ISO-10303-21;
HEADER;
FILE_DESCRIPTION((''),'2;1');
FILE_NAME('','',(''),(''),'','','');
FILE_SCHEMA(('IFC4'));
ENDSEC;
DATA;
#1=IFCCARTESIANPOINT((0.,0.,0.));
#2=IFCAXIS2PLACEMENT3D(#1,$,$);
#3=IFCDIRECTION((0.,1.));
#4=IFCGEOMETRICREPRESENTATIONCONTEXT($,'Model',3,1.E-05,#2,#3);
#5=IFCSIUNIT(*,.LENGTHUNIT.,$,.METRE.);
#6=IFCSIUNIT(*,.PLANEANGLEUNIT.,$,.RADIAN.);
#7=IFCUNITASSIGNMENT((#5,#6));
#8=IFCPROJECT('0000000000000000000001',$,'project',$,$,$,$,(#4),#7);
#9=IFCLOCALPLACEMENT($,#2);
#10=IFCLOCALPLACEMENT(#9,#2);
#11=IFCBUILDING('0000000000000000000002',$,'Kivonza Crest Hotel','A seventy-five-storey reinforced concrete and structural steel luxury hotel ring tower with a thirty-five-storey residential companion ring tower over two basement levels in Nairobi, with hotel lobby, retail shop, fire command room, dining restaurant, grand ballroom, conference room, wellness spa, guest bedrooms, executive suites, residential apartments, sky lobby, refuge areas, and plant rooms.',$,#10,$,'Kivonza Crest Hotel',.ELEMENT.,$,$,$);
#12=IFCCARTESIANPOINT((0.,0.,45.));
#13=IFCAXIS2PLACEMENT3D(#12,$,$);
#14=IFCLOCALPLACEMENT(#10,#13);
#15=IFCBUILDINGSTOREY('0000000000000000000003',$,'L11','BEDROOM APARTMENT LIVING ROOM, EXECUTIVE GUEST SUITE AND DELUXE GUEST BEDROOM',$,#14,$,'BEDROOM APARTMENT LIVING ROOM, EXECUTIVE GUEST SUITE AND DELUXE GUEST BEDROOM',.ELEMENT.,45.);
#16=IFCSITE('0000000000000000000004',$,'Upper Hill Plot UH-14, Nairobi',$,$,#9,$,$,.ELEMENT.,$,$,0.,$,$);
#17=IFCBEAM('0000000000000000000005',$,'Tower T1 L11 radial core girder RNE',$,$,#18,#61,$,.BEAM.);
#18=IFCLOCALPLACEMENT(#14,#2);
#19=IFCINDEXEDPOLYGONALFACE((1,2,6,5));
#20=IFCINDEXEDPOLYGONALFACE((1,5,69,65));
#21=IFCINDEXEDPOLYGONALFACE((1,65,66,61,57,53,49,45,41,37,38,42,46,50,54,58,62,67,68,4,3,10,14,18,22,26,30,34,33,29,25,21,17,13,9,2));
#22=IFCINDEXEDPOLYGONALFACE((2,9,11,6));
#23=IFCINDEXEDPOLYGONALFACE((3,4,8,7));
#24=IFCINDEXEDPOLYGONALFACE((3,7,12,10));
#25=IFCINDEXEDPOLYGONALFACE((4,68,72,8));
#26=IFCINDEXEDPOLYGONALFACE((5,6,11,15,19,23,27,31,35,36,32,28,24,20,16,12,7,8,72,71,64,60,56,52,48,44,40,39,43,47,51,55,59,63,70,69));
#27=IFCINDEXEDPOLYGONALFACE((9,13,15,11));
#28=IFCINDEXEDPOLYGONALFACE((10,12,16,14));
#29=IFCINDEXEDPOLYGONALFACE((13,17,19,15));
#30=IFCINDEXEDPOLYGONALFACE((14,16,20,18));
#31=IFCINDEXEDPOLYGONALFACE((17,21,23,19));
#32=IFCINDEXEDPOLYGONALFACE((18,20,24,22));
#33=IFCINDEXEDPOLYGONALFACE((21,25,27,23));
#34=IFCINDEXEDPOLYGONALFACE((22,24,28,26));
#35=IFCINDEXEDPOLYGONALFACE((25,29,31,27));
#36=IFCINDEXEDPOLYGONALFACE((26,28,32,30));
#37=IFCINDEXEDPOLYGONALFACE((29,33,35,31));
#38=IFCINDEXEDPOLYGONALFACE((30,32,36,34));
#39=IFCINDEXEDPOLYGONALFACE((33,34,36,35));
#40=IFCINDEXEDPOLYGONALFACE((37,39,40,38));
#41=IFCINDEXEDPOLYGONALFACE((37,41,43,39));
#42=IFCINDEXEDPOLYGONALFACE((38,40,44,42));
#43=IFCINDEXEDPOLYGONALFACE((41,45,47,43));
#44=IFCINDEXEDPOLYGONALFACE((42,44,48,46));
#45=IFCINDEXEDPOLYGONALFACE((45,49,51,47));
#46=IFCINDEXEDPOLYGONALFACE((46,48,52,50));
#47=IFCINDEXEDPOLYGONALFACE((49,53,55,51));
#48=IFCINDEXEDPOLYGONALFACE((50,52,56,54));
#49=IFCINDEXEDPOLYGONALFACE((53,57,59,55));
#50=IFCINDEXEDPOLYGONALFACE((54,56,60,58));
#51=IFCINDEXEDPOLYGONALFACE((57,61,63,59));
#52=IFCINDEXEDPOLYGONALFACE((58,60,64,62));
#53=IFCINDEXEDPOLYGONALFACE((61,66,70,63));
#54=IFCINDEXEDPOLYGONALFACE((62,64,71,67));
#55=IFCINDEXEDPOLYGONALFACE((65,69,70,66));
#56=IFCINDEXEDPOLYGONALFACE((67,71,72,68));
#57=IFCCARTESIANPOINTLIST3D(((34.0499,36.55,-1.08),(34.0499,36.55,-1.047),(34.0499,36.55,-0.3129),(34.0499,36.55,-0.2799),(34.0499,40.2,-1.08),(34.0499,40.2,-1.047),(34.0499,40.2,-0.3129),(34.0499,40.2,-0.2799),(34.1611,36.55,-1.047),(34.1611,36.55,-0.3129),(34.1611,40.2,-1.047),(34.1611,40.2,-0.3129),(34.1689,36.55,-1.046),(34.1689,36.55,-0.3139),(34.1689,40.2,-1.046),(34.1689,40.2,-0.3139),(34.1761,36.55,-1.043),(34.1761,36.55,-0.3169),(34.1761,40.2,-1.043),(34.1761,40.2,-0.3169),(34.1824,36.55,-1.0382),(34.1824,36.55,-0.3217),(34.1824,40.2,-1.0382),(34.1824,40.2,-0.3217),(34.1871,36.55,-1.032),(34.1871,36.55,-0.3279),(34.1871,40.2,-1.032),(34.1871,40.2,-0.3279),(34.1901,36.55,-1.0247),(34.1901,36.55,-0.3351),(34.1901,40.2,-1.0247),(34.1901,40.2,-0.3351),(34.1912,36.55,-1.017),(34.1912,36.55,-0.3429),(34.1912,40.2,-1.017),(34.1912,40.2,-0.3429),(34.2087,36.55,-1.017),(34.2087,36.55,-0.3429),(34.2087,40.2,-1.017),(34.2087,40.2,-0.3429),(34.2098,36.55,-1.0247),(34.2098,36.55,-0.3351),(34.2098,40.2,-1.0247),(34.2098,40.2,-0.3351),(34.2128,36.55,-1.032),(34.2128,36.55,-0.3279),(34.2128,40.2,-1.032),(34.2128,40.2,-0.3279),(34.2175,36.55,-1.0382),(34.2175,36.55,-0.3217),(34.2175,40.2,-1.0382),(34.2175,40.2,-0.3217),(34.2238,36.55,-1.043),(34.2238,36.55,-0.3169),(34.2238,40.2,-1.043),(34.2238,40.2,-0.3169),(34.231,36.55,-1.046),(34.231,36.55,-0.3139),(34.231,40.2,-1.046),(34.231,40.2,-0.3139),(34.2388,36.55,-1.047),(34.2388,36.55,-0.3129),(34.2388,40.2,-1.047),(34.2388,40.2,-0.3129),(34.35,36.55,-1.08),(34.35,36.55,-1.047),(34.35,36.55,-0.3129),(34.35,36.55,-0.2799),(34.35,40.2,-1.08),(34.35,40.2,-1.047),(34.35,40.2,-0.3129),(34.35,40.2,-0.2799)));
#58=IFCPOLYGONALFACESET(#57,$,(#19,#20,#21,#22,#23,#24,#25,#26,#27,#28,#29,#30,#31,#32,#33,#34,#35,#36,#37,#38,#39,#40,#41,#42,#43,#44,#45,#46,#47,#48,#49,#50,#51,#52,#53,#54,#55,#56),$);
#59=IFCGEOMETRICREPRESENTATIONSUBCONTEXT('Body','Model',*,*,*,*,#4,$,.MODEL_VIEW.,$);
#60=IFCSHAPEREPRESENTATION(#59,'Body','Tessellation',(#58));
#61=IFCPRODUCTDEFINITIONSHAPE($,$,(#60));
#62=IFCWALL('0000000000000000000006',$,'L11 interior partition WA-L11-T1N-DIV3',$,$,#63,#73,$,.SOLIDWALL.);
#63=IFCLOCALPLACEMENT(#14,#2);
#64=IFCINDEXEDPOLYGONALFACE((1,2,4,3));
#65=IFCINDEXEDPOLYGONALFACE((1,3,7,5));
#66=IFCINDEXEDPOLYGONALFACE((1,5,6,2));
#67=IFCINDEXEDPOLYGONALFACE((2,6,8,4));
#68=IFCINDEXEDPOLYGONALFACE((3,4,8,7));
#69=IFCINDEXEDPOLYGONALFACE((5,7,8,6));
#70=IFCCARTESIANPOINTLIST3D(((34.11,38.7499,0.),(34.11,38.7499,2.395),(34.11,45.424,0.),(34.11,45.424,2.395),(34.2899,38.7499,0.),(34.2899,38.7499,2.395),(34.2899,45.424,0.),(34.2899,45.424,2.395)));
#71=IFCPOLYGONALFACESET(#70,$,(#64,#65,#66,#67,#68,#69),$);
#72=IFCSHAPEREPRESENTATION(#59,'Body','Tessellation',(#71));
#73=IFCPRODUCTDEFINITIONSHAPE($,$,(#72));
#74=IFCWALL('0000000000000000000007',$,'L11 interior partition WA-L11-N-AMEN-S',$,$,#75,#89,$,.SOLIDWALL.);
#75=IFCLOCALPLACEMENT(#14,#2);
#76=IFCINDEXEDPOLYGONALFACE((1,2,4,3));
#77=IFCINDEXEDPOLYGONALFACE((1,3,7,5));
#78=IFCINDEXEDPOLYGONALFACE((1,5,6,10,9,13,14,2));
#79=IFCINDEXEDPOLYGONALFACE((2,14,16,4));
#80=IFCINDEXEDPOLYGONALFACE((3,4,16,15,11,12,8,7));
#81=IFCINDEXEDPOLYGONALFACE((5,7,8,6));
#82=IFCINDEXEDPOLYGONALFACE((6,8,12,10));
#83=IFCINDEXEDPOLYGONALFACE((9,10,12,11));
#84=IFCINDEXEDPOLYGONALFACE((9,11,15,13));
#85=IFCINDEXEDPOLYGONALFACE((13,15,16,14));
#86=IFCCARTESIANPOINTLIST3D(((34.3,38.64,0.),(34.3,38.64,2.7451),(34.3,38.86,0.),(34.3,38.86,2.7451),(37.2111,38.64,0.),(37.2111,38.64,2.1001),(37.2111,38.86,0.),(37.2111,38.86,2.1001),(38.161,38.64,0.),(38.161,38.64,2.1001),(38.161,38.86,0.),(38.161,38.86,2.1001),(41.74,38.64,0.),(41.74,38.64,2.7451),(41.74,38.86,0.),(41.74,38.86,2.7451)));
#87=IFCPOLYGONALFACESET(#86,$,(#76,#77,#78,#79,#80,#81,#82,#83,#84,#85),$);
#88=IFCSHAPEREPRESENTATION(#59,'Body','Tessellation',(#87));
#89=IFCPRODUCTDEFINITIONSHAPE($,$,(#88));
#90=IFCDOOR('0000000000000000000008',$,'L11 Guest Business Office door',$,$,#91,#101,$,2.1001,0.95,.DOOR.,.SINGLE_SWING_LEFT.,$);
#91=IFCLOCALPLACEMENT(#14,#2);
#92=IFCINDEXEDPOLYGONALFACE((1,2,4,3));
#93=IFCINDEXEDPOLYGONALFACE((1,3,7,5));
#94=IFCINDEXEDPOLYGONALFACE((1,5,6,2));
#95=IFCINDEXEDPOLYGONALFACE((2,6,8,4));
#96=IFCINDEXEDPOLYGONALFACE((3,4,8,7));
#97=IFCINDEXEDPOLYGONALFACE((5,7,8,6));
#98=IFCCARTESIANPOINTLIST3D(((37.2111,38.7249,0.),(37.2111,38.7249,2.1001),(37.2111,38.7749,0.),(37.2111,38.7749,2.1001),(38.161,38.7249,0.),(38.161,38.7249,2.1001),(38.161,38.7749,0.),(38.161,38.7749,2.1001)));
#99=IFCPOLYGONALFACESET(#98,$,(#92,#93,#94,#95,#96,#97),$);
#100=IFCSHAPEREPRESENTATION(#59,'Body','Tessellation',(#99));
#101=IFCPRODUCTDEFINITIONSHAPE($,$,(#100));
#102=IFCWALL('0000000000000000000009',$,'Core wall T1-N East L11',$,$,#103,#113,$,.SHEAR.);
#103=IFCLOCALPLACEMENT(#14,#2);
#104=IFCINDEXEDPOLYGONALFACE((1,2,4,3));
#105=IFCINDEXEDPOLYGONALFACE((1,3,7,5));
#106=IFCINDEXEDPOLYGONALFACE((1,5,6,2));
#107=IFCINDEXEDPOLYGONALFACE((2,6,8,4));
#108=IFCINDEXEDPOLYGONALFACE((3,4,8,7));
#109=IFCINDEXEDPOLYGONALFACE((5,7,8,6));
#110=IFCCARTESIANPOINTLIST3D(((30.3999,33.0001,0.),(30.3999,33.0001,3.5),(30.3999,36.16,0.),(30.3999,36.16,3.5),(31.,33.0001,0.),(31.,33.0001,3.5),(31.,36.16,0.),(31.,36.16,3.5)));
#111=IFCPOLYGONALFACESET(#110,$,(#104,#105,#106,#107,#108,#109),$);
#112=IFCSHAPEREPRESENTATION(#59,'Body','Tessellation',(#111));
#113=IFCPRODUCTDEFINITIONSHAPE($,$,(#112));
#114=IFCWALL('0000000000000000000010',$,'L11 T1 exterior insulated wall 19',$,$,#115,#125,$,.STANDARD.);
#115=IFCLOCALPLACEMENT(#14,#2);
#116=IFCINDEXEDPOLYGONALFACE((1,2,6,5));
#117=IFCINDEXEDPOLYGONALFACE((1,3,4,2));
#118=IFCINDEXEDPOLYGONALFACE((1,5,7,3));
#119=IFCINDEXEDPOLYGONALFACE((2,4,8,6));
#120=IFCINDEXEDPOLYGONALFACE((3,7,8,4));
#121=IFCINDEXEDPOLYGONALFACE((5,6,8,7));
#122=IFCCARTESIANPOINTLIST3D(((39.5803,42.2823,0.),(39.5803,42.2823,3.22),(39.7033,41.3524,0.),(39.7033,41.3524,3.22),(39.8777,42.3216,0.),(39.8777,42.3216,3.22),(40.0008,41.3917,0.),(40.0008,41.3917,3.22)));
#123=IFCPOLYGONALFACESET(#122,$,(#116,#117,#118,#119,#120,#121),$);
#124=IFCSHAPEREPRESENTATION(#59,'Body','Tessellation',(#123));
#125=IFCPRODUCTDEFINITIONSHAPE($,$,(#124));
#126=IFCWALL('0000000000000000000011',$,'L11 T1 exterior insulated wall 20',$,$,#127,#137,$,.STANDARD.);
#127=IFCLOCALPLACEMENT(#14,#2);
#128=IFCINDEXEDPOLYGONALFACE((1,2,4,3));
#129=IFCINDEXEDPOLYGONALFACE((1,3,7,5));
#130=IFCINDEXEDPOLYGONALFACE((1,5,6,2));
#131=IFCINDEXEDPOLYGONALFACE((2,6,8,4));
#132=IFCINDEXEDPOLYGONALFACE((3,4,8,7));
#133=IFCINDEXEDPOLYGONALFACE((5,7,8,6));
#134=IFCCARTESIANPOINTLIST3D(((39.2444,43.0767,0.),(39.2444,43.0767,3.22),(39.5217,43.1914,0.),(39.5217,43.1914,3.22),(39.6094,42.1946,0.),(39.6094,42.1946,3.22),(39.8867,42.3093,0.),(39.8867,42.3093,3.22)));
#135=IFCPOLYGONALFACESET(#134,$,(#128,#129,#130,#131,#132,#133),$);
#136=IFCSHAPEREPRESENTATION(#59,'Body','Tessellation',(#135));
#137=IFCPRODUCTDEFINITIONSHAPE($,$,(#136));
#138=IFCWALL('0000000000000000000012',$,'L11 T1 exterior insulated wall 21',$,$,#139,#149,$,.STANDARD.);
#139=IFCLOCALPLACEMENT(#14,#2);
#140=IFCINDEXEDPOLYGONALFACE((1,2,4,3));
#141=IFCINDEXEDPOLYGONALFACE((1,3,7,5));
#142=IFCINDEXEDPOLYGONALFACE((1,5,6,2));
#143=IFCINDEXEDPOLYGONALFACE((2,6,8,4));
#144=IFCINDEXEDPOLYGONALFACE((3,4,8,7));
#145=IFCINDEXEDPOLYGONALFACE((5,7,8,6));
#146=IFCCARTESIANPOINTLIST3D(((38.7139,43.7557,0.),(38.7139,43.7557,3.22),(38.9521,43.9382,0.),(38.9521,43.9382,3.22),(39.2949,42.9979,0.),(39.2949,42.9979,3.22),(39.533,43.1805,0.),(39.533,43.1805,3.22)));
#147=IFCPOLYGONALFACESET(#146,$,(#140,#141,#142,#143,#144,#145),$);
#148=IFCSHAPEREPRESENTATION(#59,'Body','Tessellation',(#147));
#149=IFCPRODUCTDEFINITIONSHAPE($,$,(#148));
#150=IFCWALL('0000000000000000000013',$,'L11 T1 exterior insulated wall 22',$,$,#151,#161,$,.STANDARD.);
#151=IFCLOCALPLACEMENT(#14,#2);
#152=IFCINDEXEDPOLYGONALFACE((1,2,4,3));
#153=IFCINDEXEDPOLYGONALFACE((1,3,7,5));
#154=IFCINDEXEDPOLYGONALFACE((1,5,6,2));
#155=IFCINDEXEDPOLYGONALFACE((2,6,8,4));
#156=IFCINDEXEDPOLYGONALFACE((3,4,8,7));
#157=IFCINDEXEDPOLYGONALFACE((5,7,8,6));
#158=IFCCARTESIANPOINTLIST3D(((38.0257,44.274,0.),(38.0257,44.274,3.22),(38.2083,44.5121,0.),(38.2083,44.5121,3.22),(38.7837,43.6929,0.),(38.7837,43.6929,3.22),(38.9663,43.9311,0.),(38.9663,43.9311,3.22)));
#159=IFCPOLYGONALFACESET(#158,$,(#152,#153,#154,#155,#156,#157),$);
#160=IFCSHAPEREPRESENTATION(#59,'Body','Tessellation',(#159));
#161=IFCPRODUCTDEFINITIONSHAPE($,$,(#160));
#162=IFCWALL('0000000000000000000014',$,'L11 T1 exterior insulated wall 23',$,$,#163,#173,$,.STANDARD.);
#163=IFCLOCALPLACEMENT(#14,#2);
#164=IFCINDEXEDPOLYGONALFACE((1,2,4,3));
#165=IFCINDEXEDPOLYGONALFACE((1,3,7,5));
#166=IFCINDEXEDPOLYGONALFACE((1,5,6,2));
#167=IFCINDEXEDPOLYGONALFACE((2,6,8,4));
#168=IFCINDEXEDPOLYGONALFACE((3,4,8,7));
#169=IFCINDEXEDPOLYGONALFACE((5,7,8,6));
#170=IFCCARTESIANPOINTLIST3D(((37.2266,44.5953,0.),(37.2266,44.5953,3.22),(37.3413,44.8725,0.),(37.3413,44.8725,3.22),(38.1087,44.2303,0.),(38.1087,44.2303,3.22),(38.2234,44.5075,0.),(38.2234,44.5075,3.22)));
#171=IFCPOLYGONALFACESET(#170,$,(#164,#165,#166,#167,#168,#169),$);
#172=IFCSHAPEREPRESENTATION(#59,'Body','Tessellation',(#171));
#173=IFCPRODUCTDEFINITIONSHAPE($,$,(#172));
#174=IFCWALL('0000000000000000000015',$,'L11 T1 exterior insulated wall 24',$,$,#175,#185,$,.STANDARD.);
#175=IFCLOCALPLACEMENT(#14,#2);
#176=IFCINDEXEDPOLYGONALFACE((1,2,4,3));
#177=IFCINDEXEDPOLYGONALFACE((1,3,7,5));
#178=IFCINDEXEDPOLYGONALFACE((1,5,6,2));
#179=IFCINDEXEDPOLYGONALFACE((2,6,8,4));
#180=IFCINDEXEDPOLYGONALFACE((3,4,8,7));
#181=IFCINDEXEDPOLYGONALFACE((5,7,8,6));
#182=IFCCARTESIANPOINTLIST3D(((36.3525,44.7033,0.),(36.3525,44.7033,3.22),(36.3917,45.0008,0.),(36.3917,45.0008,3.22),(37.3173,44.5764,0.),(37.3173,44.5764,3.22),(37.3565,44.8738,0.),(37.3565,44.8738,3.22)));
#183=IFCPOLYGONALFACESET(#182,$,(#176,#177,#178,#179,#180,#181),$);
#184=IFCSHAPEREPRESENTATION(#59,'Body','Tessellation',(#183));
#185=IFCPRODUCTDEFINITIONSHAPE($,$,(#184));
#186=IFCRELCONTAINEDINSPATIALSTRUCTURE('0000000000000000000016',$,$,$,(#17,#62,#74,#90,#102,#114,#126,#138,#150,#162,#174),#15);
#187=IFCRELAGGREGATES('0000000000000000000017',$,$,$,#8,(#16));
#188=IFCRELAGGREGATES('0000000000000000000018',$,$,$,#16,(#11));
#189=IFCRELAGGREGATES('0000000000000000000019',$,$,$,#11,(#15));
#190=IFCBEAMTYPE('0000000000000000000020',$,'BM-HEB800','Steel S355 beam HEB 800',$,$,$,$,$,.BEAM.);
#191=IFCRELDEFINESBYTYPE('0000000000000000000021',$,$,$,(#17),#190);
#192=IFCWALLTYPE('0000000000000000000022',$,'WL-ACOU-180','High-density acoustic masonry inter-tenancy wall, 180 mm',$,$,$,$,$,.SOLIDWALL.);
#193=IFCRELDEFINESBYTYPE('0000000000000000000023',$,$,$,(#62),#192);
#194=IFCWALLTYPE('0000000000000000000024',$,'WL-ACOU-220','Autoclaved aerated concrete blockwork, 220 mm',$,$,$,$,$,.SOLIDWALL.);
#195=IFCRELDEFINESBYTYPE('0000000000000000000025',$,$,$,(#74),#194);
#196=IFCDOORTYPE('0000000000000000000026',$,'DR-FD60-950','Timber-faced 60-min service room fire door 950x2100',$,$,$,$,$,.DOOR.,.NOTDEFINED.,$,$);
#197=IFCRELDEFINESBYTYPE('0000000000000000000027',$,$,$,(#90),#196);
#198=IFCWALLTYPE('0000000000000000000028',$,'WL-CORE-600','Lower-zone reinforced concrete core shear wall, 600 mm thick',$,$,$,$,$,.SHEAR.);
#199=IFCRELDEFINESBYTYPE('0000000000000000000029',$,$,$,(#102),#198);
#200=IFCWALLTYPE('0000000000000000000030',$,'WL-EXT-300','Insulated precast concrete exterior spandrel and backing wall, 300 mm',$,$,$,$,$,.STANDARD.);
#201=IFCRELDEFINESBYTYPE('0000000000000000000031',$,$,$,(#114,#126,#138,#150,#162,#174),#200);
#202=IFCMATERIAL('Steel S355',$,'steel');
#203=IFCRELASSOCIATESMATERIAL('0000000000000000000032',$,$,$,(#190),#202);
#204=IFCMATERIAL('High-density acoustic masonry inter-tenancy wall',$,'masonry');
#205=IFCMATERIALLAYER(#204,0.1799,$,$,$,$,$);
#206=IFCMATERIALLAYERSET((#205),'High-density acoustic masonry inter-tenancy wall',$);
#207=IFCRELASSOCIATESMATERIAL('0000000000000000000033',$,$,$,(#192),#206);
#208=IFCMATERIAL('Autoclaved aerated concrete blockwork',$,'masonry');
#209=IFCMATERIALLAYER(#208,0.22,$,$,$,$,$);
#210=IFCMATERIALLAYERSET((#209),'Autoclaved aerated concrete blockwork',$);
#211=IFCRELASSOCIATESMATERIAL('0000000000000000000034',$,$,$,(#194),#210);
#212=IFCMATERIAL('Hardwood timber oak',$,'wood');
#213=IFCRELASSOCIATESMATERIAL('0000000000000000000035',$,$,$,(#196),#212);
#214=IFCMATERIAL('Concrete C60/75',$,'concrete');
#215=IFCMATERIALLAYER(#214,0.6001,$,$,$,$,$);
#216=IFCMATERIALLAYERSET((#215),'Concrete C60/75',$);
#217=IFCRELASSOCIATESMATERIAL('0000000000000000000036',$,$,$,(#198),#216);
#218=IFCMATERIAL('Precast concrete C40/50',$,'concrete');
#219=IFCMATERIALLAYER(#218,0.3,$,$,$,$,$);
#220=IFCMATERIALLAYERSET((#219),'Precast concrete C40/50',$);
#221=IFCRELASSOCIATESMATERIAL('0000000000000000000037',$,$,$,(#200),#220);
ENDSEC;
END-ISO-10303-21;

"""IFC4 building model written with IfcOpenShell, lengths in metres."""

from ifc_helpers import new_model, si_unit, direction, frame, frame_2d, origin, origin_2d, place, context, subcontext, project, spatial, rectangle, i_section, extrude, material, layer, layer_set, material_profile, profile_set, type_object, element, fill, save


model = new_model("IFC4")

# Units and contexts
model_context = context("Model", 3, precision=1e-05, world=origin(), true_north=direction((0.0, 1.0)))
body_context = subcontext(model_context, "Body", "Model", "MODEL_VIEW")
ifc_project = project(units=[si_unit("LENGTHUNIT", "METRE"), si_unit("PLANEANGLEUNIT", "RADIAN")], contexts=[model_context])

# Site, building, storey
site_placement = place(None, origin())
site = spatial("IfcSite", under=ifc_project, at=site_placement, Name="Upper Hill Plot UH-14, Nairobi", CompositionType="ELEMENT", RefElevation=0.0)
building_placement = place(site_placement, origin())
building = spatial("IfcBuilding", under=site, at=building_placement, Name="Kivonza Crest Hotel", Description="A seventy-five-storey reinforced concrete and structural steel luxury hotel ring tower with a thirty-five-storey residential companion ring tower over two basement levels in Nairobi, with hotel lobby, retail shop, fire command room, dining restaurant, grand ballroom, conference room, wellness spa, guest bedrooms, executive suites, residential apartments, sky lobby, refuge areas, and plant rooms.", LongName="Kivonza Crest Hotel", CompositionType="ELEMENT")
storey_placement = place(building_placement, frame((0.0, 0.0, 45.0)))
storey = spatial("IfcBuildingStorey", under=building, at=storey_placement, Name="L11", Description="BEDROOM APARTMENT LIVING ROOM, EXECUTIVE GUEST SUITE AND DELUXE GUEST BEDROOM", LongName="BEDROOM APARTMENT LIVING ROOM, EXECUTIVE GUEST SUITE AND DELUXE GUEST BEDROOM", CompositionType="ELEMENT", Elevation=45.0)

# Shared definitions
ifc_material_1 = material(Name="Concrete C60/75", Category="concrete")

# Beam
ifc_material_2 = material(Name="Steel S355", Category="steel")
ifc_material_profile_1 = material_profile(ifc_material_2, i_section(OverallWidth=0.3, OverallDepth=0.8, WebThickness=0.0176, FlangeThickness=0.033, FilletRadius=0.03, at=origin_2d()), Name="HEB 800")
ifc_profile_set_1 = profile_set([ifc_material_profile_1], Name="Steel S355")
beam_type_1 = type_object("IfcBeamType", Name="BM-HEB800", Description="Steel S355 beam HEB 800", PredefinedType="BEAM", material=ifc_profile_set_1)
beam_1_placement = place(storey_placement, frame((34.2, 40.2, -0.6799), z_axis=(0.0, -1.0, 0.0), x_axis=(1.0, 0.0, 0.0)))
element("IfcBeam", 1, at=beam_1_placement, inside=storey, type_object=beam_type_1, Name="Tower T1 L11 radial core girder RNE", PredefinedType="BEAM", context=body_context, shape_type="SweptSolid", body=[
    extrude(i_section(OverallWidth=0.3, OverallDepth=0.8, WebThickness=0.0176, FlangeThickness=0.033, FilletRadius=0.03, at=origin_2d()), origin(), (0.0, 0.0, 1.0), 3.6499),
])

# Wall
ifc_material_3 = material(Name="High-density acoustic masonry inter-tenancy wall", Category="masonry")
ifc_layer_1 = layer(ifc_material_3, 0.1799)
ifc_layer_set_1 = layer_set([ifc_layer_1], Name="High-density acoustic masonry inter-tenancy wall")
wall_type_1 = type_object("IfcWallType", Name="WL-ACOU-180", Description="High-density acoustic masonry inter-tenancy wall, 180 mm", PredefinedType="SOLIDWALL", material=ifc_layer_set_1)
wall_1_placement = place(storey_placement, frame((34.2, 38.75, 0.0), z_axis=(0.0, 0.0, 1.0), x_axis=(0.0, 1.0, 0.0)))
element("IfcWall", 2, at=wall_1_placement, inside=storey, type_object=wall_type_1, Name="L11 interior partition WA-L11-T1N-DIV3", PredefinedType="SOLIDWALL", context=body_context, shape_type="SweptSolid", body=[
    extrude(rectangle(XDim=6.6741, YDim=0.1799, at=frame_2d((3.3369, 0.0))), origin(), (0.0, 0.0, 1.0), 2.395),
])

# Wall, opening, door
ifc_material_4 = material(Name="Autoclaved aerated concrete blockwork", Category="masonry")
ifc_layer_2 = layer(ifc_material_4, 0.22)
ifc_layer_set_2 = layer_set([ifc_layer_2], Name="Autoclaved aerated concrete blockwork")
wall_type_2 = type_object("IfcWallType", Name="WL-ACOU-220", Description="Autoclaved aerated concrete blockwork, 220 mm", PredefinedType="SOLIDWALL", material=ifc_layer_set_2)
wall_2_placement = place(storey_placement, frame((34.3, 38.75, 0.0), z_axis=(0.0, 0.0, 1.0), x_axis=(1.0, 0.0, 0.0)))
wall_2 = element("IfcWall", 3, at=wall_2_placement, inside=storey, type_object=wall_type_2, Name="L11 interior partition WA-L11-N-AMEN-S", PredefinedType="SOLIDWALL", context=body_context, shape_type="SweptSolid", body=[
    extrude(rectangle(XDim=7.4399, YDim=0.22, at=frame_2d((3.72, 0.0))), origin(), (0.0, 0.0, 1.0), 2.7451),
])
opening_1_placement = place(wall_2_placement, frame((2.9109, 0.0, 0.0)))
opening_1 = element("IfcOpeningElement", 4, at=opening_1_placement, cuts=wall_2, PredefinedType="OPENING", context=body_context, shape_type="SweptSolid", body=[
    extrude(rectangle(XDim=0.95, YDim=2.1001, at=frame_2d((0.4751, 1.05))), frame((0.0, 0.1201, 0.0), z_axis=(0.0, -1.0, 0.0), x_axis=(1.0, 0.0, 0.0)), (0.0, 0.0, 1.0), 0.24),
])
ifc_material_5 = material(Name="Hardwood timber oak", Category="wood")
door_type = type_object("IfcDoorType", Name="DR-FD60-950", Description="Timber-faced 60-min service room fire door 950x2100", OperationType="NOTDEFINED", PredefinedType="DOOR", material=ifc_material_5)
door_placement = place(opening_1_placement, origin())
door = element("IfcDoor", 5, at=door_placement, inside=storey, type_object=door_type, Name="L11 Guest Business Office door", OperationType="SINGLE_SWING_LEFT", OverallHeight=2.1001, OverallWidth=0.95, PredefinedType="DOOR", context=body_context, shape_type="SweptSolid", body=[
    extrude(rectangle(XDim=0.95, YDim=2.1001, at=frame_2d((0.4751, 1.05))), frame((0.0, 0.0249, 0.0), z_axis=(0.0, -1.0, 0.0), x_axis=(1.0, 0.0, 0.0)), (0.0, 0.0, 1.0), 0.05),
])
fill(opening_1, door)

# Walls
ifc_layer_3 = layer(ifc_material_1, 0.6001)
ifc_layer_set_3 = layer_set([ifc_layer_3], Name="Concrete C60/75")
wall_type_3 = type_object("IfcWallType", Name="WL-CORE-600", Description="Lower-zone reinforced concrete core shear wall, 600 mm thick", PredefinedType="SHEAR", material=ifc_layer_set_3)
wall_3_placement = place(storey_placement, frame((30.7, 33.0, 0.0), z_axis=(0.0, 0.0, 1.0), x_axis=(0.0, 1.0, 0.0)))
element("IfcWall", 6, at=wall_3_placement, inside=storey, type_object=wall_type_3, Name="Core wall T1-N East L11", PredefinedType="SHEAR", context=body_context, shape_type="SweptSolid", body=[
    extrude(rectangle(XDim=3.1599, YDim=0.6001, at=frame_2d((1.5801, 0.0))), origin(), (0.0, 0.0, 1.0), 3.5),
])
ifc_material_6 = material(Name="Precast concrete C40/50", Category="concrete")
ifc_layer_4 = layer(ifc_material_6, 0.3)
ifc_layer_set_4 = layer_set([ifc_layer_4], Name="Precast concrete C40/50")
wall_type_4 = type_object("IfcWallType", Name="WL-EXT-300", Description="Insulated precast concrete exterior spandrel and backing wall, 300 mm", PredefinedType="STANDARD", material=ifc_layer_set_4)
wall_4_placement = place(storey_placement, frame((39.8521, 41.3721, 0.0), z_axis=(0.0, 0.0, 1.0), x_axis=(-0.131175, 0.991359, 0.0)))
element("IfcWall", 7, at=wall_4_placement, inside=storey, type_object=wall_type_4, Name="L11 T1 exterior insulated wall 19", PredefinedType="STANDARD", context=body_context, shape_type="SweptSolid", body=[
    extrude(rectangle(XDim=0.938, YDim=0.3, at=frame_2d((0.469, 0.0))), origin(), (0.0, 0.0, 1.0), 3.22),
])
wall_5_placement = place(storey_placement, frame((39.748, 42.252, 0.0), z_axis=(0.0, 0.0, 1.0), x_axis=(-0.382344, 0.92402, 0.0)))
element("IfcWall", 8, at=wall_5_placement, inside=storey, type_object=wall_type_4, Name="L11 T1 exterior insulated wall 20", PredefinedType="STANDARD", context=body_context, shape_type="SweptSolid", body=[
    extrude(rectangle(XDim=0.9546, YDim=0.3, at=frame_2d((0.4773, 0.0))), origin(), (0.0, 0.0, 1.0), 3.22),
])
wall_6_placement = place(storey_placement, frame((39.4141, 43.0891, 0.0), z_axis=(0.0, 0.0, 1.0), x_axis=(-0.608474, 0.793573, 0.0)))
element("IfcWall", 9, at=wall_6_placement, inside=storey, type_object=wall_type_4, Name="L11 T1 exterior insulated wall 21", PredefinedType="STANDARD", context=body_context, shape_type="SweptSolid", body=[
    extrude(rectangle(XDim=0.9548, YDim=0.3, at=frame_2d((0.4775, 0.0))), origin(), (0.0, 0.0, 1.0), 3.22),
])
wall_7_placement = place(storey_placement, frame((38.875, 43.812, 0.0), z_axis=(0.0, 0.0, 1.0), x_axis=(-0.793668, 0.608351, 0.0)))
element("IfcWall", 10, at=wall_7_placement, inside=storey, type_object=wall_type_4, Name="L11 T1 exterior insulated wall 22", PredefinedType="STANDARD", context=body_context, shape_type="SweptSolid", body=[
    extrude(rectangle(XDim=0.9551, YDim=0.3, at=frame_2d((0.4775, 0.0))), origin(), (0.0, 0.0, 1.0), 3.22),
])
wall_8_placement = place(storey_placement, frame((38.166, 44.3689, 0.0), z_axis=(0.0, 0.0, 1.0), x_axis=(-0.92402, 0.382344, 0.0)))
element("IfcWall", 11, at=wall_8_placement, inside=storey, type_object=wall_type_4, Name="L11 T1 exterior insulated wall 23", PredefinedType="STANDARD", context=body_context, shape_type="SweptSolid", body=[
    extrude(rectangle(XDim=0.9546, YDim=0.3, at=frame_2d((0.4773, 0.0))), origin(), (0.0, 0.0, 1.0), 3.22),
])
wall_9_placement = place(storey_placement, frame((37.3369, 44.7251, 0.0), z_axis=(0.0, 0.0, 1.0), x_axis=(-0.991454, 0.130455, 0.0)))
element("IfcWall", 12, at=wall_9_placement, inside=storey, type_object=wall_type_4, Name="L11 T1 exterior insulated wall 24", PredefinedType="STANDARD", context=body_context, shape_type="SweptSolid", body=[
    extrude(rectangle(XDim=0.9731, YDim=0.3, at=frame_2d((0.4866, 0.0))), origin(), (0.0, 0.0, 1.0), 3.22),
])

save(model, "model.ifc")
